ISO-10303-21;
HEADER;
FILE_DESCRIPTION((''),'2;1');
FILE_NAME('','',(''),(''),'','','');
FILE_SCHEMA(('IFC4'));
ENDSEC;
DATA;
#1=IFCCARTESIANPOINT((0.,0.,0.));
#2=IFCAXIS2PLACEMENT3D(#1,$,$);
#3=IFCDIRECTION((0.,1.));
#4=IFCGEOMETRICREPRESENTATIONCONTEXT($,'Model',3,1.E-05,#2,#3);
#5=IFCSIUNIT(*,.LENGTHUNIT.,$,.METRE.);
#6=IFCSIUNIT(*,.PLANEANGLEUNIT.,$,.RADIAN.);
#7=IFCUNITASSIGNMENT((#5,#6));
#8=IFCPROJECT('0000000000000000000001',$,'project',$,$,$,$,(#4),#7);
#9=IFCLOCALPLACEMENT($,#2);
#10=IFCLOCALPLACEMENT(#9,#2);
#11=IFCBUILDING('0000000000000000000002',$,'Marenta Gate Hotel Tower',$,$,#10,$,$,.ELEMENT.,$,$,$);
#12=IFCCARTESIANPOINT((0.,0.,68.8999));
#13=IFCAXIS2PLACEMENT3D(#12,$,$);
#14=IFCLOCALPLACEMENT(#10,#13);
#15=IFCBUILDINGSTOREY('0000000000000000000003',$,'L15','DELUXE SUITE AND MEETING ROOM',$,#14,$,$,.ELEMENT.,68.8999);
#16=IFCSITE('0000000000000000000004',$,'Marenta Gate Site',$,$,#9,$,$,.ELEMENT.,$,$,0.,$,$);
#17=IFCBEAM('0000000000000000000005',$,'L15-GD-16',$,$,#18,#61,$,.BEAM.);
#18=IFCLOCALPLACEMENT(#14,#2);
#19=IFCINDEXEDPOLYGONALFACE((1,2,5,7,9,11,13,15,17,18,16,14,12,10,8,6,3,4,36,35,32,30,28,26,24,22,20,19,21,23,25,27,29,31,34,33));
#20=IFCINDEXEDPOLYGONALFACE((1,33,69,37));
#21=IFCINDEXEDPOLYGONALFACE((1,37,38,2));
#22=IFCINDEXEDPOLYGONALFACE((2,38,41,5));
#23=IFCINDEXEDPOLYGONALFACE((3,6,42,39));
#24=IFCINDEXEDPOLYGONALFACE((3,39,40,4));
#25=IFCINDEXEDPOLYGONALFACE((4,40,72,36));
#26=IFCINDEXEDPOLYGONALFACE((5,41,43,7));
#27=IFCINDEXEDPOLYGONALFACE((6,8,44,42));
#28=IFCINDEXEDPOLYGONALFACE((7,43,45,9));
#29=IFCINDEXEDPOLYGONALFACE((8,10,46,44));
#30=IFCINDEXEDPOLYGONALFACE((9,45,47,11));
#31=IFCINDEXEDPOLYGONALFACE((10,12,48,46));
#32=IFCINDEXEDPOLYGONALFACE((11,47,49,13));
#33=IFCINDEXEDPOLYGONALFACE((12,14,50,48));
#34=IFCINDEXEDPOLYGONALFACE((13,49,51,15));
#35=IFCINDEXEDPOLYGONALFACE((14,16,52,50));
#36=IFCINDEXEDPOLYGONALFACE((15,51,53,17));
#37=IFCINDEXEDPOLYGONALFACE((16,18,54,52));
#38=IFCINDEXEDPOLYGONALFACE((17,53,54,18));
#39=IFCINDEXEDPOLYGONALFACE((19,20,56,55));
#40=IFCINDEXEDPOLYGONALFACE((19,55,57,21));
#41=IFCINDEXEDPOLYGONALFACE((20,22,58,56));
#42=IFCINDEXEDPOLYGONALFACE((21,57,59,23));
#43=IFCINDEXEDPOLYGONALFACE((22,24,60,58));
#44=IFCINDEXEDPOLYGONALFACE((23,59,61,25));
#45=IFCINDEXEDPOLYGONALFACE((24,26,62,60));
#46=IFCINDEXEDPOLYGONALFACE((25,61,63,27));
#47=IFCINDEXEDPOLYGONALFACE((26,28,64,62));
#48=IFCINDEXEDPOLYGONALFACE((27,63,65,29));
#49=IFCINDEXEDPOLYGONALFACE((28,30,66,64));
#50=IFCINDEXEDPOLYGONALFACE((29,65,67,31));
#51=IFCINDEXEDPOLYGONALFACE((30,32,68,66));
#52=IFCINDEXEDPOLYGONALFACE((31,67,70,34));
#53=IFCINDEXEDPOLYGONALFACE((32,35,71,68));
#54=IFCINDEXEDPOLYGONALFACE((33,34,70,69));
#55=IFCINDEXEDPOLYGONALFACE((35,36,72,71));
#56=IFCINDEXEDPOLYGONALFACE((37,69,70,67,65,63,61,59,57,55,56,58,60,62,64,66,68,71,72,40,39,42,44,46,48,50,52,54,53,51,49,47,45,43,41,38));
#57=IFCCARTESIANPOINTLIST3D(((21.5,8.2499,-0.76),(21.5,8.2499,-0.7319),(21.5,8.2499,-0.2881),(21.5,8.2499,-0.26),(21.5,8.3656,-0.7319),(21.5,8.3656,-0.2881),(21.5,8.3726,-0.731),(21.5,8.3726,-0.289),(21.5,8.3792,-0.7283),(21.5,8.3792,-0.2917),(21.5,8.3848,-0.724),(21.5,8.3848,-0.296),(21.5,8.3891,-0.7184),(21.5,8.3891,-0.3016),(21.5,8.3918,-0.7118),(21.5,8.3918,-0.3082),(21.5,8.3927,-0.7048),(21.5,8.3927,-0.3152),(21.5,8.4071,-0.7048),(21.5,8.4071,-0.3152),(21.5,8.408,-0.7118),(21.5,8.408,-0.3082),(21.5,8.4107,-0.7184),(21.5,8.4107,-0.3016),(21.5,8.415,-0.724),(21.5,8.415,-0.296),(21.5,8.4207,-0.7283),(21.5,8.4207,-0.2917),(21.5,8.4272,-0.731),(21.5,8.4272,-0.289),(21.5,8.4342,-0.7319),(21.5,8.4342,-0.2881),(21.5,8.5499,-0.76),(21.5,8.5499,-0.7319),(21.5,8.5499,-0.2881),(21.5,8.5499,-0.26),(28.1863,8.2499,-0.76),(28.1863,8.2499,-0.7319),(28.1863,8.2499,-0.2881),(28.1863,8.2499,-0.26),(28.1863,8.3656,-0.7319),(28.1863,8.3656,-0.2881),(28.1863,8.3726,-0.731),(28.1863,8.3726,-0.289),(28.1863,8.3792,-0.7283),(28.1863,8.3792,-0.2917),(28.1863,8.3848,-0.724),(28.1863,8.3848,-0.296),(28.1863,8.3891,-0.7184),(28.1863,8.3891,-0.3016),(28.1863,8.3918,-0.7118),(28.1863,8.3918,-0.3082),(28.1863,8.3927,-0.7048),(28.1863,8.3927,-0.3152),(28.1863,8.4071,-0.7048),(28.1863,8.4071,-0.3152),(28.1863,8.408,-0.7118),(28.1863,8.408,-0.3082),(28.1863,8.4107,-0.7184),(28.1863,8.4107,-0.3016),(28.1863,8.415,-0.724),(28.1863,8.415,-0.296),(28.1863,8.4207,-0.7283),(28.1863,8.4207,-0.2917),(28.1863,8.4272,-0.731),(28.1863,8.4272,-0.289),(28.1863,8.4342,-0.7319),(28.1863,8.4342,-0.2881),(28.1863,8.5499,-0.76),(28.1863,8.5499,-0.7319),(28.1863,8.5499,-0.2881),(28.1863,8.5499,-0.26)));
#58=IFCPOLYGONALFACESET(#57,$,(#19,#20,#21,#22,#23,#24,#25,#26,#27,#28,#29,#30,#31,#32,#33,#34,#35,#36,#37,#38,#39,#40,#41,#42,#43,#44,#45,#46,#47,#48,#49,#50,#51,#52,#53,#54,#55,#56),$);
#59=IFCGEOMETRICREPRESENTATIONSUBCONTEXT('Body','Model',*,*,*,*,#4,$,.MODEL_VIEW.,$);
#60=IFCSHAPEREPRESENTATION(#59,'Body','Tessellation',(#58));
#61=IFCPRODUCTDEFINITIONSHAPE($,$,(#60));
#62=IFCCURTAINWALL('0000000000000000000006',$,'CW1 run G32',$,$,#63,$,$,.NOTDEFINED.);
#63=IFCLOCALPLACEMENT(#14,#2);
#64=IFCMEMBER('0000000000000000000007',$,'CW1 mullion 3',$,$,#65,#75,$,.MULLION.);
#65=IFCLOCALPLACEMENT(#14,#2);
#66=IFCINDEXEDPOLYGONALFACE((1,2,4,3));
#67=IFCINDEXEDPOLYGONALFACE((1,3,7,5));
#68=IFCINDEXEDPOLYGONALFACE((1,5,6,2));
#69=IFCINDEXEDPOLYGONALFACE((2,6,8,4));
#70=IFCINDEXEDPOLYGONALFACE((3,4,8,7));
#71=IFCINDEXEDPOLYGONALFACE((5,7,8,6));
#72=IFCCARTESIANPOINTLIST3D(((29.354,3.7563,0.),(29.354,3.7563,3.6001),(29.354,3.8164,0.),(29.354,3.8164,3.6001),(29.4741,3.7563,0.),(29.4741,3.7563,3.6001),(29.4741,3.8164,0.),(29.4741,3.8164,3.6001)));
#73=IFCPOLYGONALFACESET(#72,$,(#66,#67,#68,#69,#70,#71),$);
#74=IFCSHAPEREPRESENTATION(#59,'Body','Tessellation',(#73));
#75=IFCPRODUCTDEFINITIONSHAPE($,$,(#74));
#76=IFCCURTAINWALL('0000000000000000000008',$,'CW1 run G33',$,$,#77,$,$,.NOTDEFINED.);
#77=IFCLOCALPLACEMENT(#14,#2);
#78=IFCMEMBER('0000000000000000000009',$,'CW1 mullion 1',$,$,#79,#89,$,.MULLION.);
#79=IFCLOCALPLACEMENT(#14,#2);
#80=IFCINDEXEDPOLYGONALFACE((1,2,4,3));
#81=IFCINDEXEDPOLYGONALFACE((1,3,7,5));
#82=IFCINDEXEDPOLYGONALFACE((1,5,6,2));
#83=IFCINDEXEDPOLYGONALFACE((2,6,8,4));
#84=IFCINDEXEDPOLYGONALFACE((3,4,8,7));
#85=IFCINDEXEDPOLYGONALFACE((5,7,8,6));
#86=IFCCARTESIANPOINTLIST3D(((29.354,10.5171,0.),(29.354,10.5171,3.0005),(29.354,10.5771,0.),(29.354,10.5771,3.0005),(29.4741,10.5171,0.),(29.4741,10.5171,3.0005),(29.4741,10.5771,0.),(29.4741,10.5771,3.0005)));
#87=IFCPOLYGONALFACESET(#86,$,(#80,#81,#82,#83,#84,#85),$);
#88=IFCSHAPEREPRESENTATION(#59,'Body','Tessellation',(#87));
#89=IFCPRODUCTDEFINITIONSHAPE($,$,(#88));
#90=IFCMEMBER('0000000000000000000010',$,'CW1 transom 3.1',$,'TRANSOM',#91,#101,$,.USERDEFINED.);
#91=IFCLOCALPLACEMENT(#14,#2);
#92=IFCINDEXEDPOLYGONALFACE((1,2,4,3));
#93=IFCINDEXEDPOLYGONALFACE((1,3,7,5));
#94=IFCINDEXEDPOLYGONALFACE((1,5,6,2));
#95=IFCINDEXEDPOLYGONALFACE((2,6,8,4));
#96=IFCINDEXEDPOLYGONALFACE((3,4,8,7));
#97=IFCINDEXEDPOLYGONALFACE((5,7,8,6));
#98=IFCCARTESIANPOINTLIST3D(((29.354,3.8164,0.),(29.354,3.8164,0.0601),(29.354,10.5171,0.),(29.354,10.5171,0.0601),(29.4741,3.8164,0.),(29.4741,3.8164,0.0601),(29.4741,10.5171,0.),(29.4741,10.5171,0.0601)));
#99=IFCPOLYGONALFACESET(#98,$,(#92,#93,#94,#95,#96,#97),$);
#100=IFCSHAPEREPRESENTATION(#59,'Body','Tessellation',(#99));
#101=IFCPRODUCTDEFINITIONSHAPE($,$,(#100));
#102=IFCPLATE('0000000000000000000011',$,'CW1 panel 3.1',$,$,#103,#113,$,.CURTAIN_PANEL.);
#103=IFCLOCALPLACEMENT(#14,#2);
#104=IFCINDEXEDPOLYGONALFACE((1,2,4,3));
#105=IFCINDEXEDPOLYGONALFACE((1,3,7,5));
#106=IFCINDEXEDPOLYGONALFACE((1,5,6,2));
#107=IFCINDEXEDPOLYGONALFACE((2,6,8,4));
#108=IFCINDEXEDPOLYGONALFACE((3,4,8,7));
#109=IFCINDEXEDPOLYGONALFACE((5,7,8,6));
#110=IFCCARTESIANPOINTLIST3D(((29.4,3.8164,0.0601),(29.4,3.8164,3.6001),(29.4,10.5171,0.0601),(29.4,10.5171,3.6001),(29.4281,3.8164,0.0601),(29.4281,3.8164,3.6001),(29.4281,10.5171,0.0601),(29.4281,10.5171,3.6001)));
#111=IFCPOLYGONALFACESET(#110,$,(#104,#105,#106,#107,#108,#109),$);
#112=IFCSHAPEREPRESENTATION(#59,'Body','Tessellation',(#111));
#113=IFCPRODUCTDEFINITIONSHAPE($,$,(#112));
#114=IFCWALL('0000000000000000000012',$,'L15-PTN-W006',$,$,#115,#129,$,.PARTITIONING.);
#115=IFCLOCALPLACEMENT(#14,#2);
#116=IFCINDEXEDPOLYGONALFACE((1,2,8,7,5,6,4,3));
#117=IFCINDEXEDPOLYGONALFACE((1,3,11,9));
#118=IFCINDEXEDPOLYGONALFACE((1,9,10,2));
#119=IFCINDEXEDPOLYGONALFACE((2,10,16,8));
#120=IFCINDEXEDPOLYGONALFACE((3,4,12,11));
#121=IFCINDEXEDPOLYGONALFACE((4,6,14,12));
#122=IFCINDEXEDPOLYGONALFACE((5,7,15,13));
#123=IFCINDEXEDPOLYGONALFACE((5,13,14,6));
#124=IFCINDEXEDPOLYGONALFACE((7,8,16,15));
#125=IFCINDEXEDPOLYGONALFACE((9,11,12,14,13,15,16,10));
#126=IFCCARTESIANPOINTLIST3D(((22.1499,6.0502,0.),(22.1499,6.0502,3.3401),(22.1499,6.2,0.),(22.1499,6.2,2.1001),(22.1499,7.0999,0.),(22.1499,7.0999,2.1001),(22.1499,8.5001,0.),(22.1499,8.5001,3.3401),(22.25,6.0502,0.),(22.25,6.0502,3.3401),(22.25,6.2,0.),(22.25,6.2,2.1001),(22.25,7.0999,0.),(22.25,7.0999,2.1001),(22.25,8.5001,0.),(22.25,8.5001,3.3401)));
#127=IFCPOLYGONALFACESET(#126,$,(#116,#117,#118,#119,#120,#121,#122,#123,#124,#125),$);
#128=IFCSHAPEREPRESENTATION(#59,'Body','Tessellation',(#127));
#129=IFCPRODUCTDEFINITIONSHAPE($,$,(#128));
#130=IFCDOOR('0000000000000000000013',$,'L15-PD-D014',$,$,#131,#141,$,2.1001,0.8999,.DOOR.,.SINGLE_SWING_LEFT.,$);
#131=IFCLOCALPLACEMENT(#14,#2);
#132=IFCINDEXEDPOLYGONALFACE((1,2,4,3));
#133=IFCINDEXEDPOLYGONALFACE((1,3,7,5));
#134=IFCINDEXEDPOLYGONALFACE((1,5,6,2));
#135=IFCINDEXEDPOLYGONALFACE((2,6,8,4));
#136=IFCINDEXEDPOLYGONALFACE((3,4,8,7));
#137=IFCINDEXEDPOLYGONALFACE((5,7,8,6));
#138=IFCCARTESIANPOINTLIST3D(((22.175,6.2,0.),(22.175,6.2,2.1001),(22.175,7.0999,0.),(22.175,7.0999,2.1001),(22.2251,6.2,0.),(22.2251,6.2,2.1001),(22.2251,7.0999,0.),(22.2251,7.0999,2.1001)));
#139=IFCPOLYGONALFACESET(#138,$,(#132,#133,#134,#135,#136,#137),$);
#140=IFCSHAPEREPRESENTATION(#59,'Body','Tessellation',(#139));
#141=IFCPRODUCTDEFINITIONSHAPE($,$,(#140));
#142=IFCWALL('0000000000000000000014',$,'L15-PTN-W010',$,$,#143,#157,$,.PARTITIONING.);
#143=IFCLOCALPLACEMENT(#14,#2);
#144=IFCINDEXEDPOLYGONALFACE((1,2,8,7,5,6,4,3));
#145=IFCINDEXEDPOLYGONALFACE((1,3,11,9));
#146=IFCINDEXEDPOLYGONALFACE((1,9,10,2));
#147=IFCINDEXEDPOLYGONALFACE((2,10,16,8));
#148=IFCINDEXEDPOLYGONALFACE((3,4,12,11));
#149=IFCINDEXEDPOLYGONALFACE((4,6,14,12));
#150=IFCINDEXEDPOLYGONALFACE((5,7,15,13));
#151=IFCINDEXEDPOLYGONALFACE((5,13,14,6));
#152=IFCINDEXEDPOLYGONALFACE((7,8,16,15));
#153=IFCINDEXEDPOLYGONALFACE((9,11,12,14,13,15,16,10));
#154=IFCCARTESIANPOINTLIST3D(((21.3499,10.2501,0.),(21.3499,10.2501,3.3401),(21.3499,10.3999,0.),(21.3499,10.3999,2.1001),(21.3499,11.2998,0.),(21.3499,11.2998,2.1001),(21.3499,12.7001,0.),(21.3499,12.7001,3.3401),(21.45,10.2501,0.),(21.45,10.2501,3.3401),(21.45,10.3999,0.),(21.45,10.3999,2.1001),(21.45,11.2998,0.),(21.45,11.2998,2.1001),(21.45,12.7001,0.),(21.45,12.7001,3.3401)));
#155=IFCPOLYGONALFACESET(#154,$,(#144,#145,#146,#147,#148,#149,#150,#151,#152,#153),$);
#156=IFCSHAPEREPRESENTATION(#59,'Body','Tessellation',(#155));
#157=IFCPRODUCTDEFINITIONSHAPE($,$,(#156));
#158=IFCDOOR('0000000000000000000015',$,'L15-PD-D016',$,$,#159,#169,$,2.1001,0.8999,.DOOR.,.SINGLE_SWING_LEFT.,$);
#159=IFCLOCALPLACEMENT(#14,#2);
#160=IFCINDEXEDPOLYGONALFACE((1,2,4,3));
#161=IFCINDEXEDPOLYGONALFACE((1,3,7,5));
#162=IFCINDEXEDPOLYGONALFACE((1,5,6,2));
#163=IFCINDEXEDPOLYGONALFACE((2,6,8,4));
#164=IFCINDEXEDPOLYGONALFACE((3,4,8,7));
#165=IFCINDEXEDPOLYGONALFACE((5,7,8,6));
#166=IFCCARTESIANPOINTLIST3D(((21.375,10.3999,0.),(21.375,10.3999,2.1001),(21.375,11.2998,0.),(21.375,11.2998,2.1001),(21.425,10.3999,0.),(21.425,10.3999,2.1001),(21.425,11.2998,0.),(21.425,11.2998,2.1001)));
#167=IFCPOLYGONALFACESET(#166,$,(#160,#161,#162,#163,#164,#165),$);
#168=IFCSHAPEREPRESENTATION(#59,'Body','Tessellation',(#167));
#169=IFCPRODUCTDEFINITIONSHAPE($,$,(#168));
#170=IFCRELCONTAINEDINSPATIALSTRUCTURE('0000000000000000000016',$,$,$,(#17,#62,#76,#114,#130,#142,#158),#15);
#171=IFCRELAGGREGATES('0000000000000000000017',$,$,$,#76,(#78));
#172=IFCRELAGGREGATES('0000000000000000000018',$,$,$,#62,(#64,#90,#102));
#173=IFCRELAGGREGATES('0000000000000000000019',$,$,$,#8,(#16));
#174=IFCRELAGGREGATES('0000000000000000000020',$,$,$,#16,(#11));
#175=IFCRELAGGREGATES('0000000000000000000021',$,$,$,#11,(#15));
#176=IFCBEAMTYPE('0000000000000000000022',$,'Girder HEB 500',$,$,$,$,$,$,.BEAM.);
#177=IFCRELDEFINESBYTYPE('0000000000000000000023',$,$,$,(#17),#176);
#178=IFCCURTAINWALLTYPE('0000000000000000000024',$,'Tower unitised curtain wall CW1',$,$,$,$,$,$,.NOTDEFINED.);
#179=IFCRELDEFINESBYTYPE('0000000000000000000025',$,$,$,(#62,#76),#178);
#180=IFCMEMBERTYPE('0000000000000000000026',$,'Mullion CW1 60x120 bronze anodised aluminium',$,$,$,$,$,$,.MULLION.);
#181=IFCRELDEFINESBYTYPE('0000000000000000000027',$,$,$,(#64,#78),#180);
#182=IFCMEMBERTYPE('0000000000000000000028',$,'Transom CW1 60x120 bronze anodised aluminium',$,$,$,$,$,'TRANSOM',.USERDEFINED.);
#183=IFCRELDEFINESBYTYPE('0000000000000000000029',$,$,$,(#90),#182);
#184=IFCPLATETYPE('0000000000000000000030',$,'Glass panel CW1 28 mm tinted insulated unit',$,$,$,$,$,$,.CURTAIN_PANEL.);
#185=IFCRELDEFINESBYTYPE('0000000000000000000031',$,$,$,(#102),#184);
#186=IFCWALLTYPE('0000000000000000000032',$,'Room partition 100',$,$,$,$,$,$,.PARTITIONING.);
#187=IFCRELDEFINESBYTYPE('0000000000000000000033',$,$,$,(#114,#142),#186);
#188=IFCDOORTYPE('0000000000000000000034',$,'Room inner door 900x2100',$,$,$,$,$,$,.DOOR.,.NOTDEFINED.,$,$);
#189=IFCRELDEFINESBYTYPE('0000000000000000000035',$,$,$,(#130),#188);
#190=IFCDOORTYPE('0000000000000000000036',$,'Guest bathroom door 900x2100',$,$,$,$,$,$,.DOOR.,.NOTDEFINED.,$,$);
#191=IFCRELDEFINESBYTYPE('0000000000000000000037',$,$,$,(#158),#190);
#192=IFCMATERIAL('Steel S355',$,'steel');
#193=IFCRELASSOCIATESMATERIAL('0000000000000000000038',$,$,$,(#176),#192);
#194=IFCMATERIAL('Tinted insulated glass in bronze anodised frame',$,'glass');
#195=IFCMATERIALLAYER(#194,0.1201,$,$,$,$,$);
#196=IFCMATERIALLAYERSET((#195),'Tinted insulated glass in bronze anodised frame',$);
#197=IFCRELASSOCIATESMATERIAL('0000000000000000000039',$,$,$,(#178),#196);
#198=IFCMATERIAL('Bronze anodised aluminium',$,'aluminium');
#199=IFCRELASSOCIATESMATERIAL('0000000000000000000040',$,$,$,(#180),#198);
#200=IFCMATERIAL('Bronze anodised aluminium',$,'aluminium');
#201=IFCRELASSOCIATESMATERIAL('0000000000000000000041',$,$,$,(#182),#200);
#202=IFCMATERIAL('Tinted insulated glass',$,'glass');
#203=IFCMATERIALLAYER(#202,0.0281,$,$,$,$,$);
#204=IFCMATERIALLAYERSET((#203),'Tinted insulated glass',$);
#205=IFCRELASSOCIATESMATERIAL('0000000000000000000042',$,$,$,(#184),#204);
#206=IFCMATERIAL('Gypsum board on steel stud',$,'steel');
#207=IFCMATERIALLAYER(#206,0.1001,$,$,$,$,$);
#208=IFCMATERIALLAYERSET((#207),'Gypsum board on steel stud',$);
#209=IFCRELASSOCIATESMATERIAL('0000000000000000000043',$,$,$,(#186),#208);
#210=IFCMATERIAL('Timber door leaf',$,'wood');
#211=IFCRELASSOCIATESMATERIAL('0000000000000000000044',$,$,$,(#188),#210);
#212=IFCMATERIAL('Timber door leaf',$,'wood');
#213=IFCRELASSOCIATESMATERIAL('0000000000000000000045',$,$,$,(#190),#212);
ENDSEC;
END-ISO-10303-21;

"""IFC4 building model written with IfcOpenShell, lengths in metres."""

from ifc_helpers import new_model, si_unit, direction, frame, frame_2d, origin, origin_2d, place, context, subcontext, project, spatial, rectangle, i_section, extrude, material, layer, layer_set, material_profile, profile_set, type_object, element, fill, aggregate, save


model = new_model("IFC4")

# Units and contexts
model_context = context("Model", 3, precision=1e-05, world=origin(), true_north=direction((0.0, 1.0)))
body_context = subcontext(model_context, "Body", "Model", "MODEL_VIEW")
ifc_project = project(units=[si_unit("LENGTHUNIT", "METRE"), si_unit("PLANEANGLEUNIT", "RADIAN")], contexts=[model_context])

# Site, building, storey
site_placement = place(None, origin())
site = spatial("IfcSite", under=ifc_project, at=site_placement, Name="Marenta Gate Site", CompositionType="ELEMENT", RefElevation=0.0)
building_placement = place(site_placement, origin())
building = spatial("IfcBuilding", under=site, at=building_placement, Name="Marenta Gate Hotel Tower", CompositionType="ELEMENT")
storey_placement = place(building_placement, frame((0.0, 0.0, 68.8999)))
storey = spatial("IfcBuildingStorey", under=building, at=storey_placement, Name="L15", Description="DELUXE SUITE AND MEETING ROOM", CompositionType="ELEMENT", Elevation=68.8999)

# Beam
ifc_material_1 = material(Name="Steel S355", Category="steel")
ifc_material_profile_1 = material_profile(ifc_material_1, i_section(OverallWidth=0.3, OverallDepth=0.5, WebThickness=0.0144, FlangeThickness=0.0281, FilletRadius=0.0271, at=origin_2d()), Name="HEB 500")
ifc_profile_set_1 = profile_set([ifc_material_profile_1], Name="Steel S355")
beam_type_1 = type_object("IfcBeamType", Name="Girder HEB 500", PredefinedType="BEAM", material=ifc_profile_set_1)
beam_1_placement = place(storey_placement, frame((21.5, 8.3999, -0.51), z_axis=(1.0, 0.0, 0.0), x_axis=(0.0, 1.0, 0.0)))
element("IfcBeam", 1, at=beam_1_placement, inside=storey, type_object=beam_type_1, Name="L15-GD-16", PredefinedType="BEAM", context=body_context, shape_type="SweptSolid", body=[
    extrude(i_section(OverallWidth=0.3, OverallDepth=0.5, WebThickness=0.0144, FlangeThickness=0.0281, FilletRadius=0.0271, at=origin_2d()), origin(), (0.0, 0.0, 1.0), 6.6863),
])

# Curtain walls, members
ifc_material_2 = material(Name="Tinted insulated glass in bronze anodised frame", Category="glass")
ifc_layer_1 = layer(ifc_material_2, 0.1201)
ifc_layer_set_1 = layer_set([ifc_layer_1], Name="Tinted insulated glass in bronze anodised frame")
curtain_wall_type = type_object("IfcCurtainWallType", Name="Tower unitised curtain wall CW1", PredefinedType="NOTDEFINED", material=ifc_layer_set_1)
curtain_wall_1_placement = place(storey_placement, origin())
curtain_wall_1 = element("IfcCurtainWall", 2, at=curtain_wall_1_placement, inside=storey, type_object=curtain_wall_type, Name="CW1 run G32", PredefinedType="NOTDEFINED")
ifc_material_3 = material(Name="Bronze anodised aluminium", Category="aluminium")
ifc_material_profile_2 = material_profile(ifc_material_3, rectangle(XDim=0.1201, YDim=0.0601, at=origin_2d()), Name="Mullion CW1 60x120 bronze anodised aluminium")
ifc_profile_set_2 = profile_set([ifc_material_profile_2], Name="Bronze anodised aluminium")
member_type_1 = type_object("IfcMemberType", Name="Mullion CW1 60x120 bronze anodised aluminium", PredefinedType="MULLION", material=ifc_profile_set_2)
member_1_placement = place(storey_placement, frame((29.4141, 3.7864, 0.0), z_axis=(0.0, 0.0, 1.0), x_axis=(-1.0, 0.0, 0.0)))
member_1 = element("IfcMember", 3, at=member_1_placement, type_object=member_type_1, Name="CW1 mullion 3", PredefinedType="MULLION", context=body_context, shape_type="SweptSolid", body=[
    extrude(rectangle(XDim=0.1201, YDim=0.0601, at=origin_2d()), origin(), (0.0, 0.0, 1.0), 3.6001),
])
curtain_wall_2_placement = place(storey_placement, origin())
curtain_wall_2 = element("IfcCurtainWall", 4, at=curtain_wall_2_placement, inside=storey, type_object=curtain_wall_type, Name="CW1 run G33", PredefinedType="NOTDEFINED")
member_2_placement = place(storey_placement, frame((29.4141, 10.5471, 0.0), z_axis=(0.0, 0.0, 1.0), x_axis=(-1.0, 0.0, 0.0)))
member_2 = element("IfcMember", 5, at=member_2_placement, type_object=member_type_1, Name="CW1 mullion 1", PredefinedType="MULLION", context=body_context, shape_type="SweptSolid", body=[
    extrude(rectangle(XDim=0.1201, YDim=0.0601, at=origin_2d()), origin(), (0.0, 0.0, 1.0), 3.0005),
])
aggregate(curtain_wall_2, [member_2])

# Member
ifc_material_4 = material(Name="Bronze anodised aluminium", Category="aluminium")
ifc_material_profile_3 = material_profile(ifc_material_4, rectangle(XDim=0.1201, YDim=0.0601, at=origin_2d()), Name="Transom CW1 60x120 bronze anodised aluminium")
ifc_profile_set_3 = profile_set([ifc_material_profile_3], Name="Bronze anodised aluminium")
member_type_2 = type_object("IfcMemberType", Name="Transom CW1 60x120 bronze anodised aluminium", ElementType="TRANSOM", PredefinedType="USERDEFINED", material=ifc_profile_set_3)
member_3_placement = place(storey_placement, frame((29.4141, 3.8164, 0.03), z_axis=(0.0, 1.0, 0.0), x_axis=(-1.0, 0.0, 0.0)))
member_3 = element("IfcMember", 6, at=member_3_placement, type_object=member_type_2, Name="CW1 transom 3.1", ObjectType="TRANSOM", PredefinedType="USERDEFINED", context=body_context, shape_type="SweptSolid", body=[
    extrude(rectangle(XDim=0.1201, YDim=0.0601, at=origin_2d()), origin(), (0.0, 0.0, 1.0), 6.7007),
])

# Plate
ifc_material_5 = material(Name="Tinted insulated glass", Category="glass")
ifc_layer_2 = layer(ifc_material_5, 0.0281)
ifc_layer_set_2 = layer_set([ifc_layer_2], Name="Tinted insulated glass")
plate_type = type_object("IfcPlateType", Name="Glass panel CW1 28 mm tinted insulated unit", PredefinedType="CURTAIN_PANEL", material=ifc_layer_set_2)
plate_placement = place(storey_placement, frame((29.4141, 7.1667, 0.0601), z_axis=(0.0, 0.0, 1.0), x_axis=(0.0, 1.0, 0.0)))
plate = element("IfcPlate", 7, at=plate_placement, type_object=plate_type, Name="CW1 panel 3.1", PredefinedType="CURTAIN_PANEL", context=body_context, shape_type="SweptSolid", body=[
    extrude(rectangle(XDim=6.7007, YDim=0.0281, at=origin_2d()), origin(), (0.0, 0.0, 1.0), 3.54),
])
aggregate(curtain_wall_1, [member_1, member_3, plate])

# Walls, openings, doors
ifc_material_6 = material(Name="Gypsum board on steel stud", Category="steel")
ifc_layer_3 = layer(ifc_material_6, 0.1001)
ifc_layer_set_3 = layer_set([ifc_layer_3], Name="Gypsum board on steel stud")
wall_type_1 = type_object("IfcWallType", Name="Room partition 100", PredefinedType="PARTITIONING", material=ifc_layer_set_3)
wall_1_placement = place(storey_placement, frame((22.2, 6.05, 0.0), z_axis=(0.0, 0.0, 1.0), x_axis=(0.0, 1.0, 0.0)))
wall_1 = element("IfcWall", 8, at=wall_1_placement, inside=storey, type_object=wall_type_1, Name="L15-PTN-W006", PredefinedType="PARTITIONING", context=body_context, shape_type="SweptSolid", body=[
    extrude(rectangle(XDim=2.45, YDim=0.1001, at=frame_2d((1.2251, 0.0))), origin(), (0.0, 0.0, 1.0), 3.3401),
])
opening_1_placement = place(wall_1_placement, frame((0.1499, 0.0, 0.0)))
opening_1 = element("IfcOpeningElement", 9, at=opening_1_placement, cuts=wall_1, PredefinedType="OPENING", context=body_context, shape_type="SweptSolid", body=[
    extrude(rectangle(XDim=0.8999, YDim=2.1001, at=frame_2d((0.45, 1.05))), frame((0.0, 0.05, 0.0), z_axis=(0.0, -1.0, 0.0), x_axis=(1.0, 0.0, 0.0)), (0.0, 0.0, 1.0), 0.1001),
])
ifc_material_7 = material(Name="Timber door leaf", Category="wood")
door_type_1 = type_object("IfcDoorType", Name="Room inner door 900x2100", OperationType="NOTDEFINED", PredefinedType="DOOR", material=ifc_material_7)
door_1_placement = place(opening_1_placement, origin())
door_1 = element("IfcDoor", 10, at=door_1_placement, inside=storey, type_object=door_type_1, Name="L15-PD-D014", OperationType="SINGLE_SWING_LEFT", OverallHeight=2.1001, OverallWidth=0.8999, PredefinedType="DOOR", context=body_context, shape_type="SweptSolid", body=[
    extrude(rectangle(XDim=0.8999, YDim=2.1001, at=frame_2d((0.45, 1.05))), frame((0.0, 0.0249, 0.0), z_axis=(0.0, -1.0, 0.0), x_axis=(1.0, 0.0, 0.0)), (0.0, 0.0, 1.0), 0.05),
])
fill(opening_1, door_1)
wall_2_placement = place(storey_placement, frame((21.3999, 10.25, 0.0), z_axis=(0.0, 0.0, 1.0), x_axis=(0.0, 1.0, 0.0)))
wall_2 = element("IfcWall", 11, at=wall_2_placement, inside=storey, type_object=wall_type_1, Name="L15-PTN-W010", PredefinedType="PARTITIONING", context=body_context, shape_type="SweptSolid", body=[
    extrude(rectangle(XDim=2.45, YDim=0.1001, at=frame_2d((1.2251, 0.0))), origin(), (0.0, 0.0, 1.0), 3.3401),
])
opening_2_placement = place(wall_2_placement, frame((0.1499, 0.0, 0.0)))
opening_2 = element("IfcOpeningElement", 12, at=opening_2_placement, cuts=wall_2, PredefinedType="OPENING", context=body_context, shape_type="SweptSolid", body=[
    extrude(rectangle(XDim=0.8999, YDim=2.1001, at=frame_2d((0.45, 1.05))), frame((0.0, 0.05, 0.0), z_axis=(0.0, -1.0, 0.0), x_axis=(1.0, 0.0, 0.0)), (0.0, 0.0, 1.0), 0.1001),
])
ifc_material_8 = material(Name="Timber door leaf", Category="wood")
door_type_2 = type_object("IfcDoorType", Name="Guest bathroom door 900x2100", OperationType="NOTDEFINED", PredefinedType="DOOR", material=ifc_material_8)
door_2_placement = place(opening_2_placement, origin())
door_2 = element("IfcDoor", 13, at=door_2_placement, inside=storey, type_object=door_type_2, Name="L15-PD-D016", OperationType="SINGLE_SWING_LEFT", OverallHeight=2.1001, OverallWidth=0.8999, PredefinedType="DOOR", context=body_context, shape_type="SweptSolid", body=[
    extrude(rectangle(XDim=0.8999, YDim=2.1001, at=frame_2d((0.45, 1.05))), frame((0.0, 0.0249, 0.0), z_axis=(0.0, -1.0, 0.0), x_axis=(1.0, 0.0, 0.0)), (0.0, 0.0, 1.0), 0.05),
])
fill(opening_2, door_2)

save(model, "model.ifc")
